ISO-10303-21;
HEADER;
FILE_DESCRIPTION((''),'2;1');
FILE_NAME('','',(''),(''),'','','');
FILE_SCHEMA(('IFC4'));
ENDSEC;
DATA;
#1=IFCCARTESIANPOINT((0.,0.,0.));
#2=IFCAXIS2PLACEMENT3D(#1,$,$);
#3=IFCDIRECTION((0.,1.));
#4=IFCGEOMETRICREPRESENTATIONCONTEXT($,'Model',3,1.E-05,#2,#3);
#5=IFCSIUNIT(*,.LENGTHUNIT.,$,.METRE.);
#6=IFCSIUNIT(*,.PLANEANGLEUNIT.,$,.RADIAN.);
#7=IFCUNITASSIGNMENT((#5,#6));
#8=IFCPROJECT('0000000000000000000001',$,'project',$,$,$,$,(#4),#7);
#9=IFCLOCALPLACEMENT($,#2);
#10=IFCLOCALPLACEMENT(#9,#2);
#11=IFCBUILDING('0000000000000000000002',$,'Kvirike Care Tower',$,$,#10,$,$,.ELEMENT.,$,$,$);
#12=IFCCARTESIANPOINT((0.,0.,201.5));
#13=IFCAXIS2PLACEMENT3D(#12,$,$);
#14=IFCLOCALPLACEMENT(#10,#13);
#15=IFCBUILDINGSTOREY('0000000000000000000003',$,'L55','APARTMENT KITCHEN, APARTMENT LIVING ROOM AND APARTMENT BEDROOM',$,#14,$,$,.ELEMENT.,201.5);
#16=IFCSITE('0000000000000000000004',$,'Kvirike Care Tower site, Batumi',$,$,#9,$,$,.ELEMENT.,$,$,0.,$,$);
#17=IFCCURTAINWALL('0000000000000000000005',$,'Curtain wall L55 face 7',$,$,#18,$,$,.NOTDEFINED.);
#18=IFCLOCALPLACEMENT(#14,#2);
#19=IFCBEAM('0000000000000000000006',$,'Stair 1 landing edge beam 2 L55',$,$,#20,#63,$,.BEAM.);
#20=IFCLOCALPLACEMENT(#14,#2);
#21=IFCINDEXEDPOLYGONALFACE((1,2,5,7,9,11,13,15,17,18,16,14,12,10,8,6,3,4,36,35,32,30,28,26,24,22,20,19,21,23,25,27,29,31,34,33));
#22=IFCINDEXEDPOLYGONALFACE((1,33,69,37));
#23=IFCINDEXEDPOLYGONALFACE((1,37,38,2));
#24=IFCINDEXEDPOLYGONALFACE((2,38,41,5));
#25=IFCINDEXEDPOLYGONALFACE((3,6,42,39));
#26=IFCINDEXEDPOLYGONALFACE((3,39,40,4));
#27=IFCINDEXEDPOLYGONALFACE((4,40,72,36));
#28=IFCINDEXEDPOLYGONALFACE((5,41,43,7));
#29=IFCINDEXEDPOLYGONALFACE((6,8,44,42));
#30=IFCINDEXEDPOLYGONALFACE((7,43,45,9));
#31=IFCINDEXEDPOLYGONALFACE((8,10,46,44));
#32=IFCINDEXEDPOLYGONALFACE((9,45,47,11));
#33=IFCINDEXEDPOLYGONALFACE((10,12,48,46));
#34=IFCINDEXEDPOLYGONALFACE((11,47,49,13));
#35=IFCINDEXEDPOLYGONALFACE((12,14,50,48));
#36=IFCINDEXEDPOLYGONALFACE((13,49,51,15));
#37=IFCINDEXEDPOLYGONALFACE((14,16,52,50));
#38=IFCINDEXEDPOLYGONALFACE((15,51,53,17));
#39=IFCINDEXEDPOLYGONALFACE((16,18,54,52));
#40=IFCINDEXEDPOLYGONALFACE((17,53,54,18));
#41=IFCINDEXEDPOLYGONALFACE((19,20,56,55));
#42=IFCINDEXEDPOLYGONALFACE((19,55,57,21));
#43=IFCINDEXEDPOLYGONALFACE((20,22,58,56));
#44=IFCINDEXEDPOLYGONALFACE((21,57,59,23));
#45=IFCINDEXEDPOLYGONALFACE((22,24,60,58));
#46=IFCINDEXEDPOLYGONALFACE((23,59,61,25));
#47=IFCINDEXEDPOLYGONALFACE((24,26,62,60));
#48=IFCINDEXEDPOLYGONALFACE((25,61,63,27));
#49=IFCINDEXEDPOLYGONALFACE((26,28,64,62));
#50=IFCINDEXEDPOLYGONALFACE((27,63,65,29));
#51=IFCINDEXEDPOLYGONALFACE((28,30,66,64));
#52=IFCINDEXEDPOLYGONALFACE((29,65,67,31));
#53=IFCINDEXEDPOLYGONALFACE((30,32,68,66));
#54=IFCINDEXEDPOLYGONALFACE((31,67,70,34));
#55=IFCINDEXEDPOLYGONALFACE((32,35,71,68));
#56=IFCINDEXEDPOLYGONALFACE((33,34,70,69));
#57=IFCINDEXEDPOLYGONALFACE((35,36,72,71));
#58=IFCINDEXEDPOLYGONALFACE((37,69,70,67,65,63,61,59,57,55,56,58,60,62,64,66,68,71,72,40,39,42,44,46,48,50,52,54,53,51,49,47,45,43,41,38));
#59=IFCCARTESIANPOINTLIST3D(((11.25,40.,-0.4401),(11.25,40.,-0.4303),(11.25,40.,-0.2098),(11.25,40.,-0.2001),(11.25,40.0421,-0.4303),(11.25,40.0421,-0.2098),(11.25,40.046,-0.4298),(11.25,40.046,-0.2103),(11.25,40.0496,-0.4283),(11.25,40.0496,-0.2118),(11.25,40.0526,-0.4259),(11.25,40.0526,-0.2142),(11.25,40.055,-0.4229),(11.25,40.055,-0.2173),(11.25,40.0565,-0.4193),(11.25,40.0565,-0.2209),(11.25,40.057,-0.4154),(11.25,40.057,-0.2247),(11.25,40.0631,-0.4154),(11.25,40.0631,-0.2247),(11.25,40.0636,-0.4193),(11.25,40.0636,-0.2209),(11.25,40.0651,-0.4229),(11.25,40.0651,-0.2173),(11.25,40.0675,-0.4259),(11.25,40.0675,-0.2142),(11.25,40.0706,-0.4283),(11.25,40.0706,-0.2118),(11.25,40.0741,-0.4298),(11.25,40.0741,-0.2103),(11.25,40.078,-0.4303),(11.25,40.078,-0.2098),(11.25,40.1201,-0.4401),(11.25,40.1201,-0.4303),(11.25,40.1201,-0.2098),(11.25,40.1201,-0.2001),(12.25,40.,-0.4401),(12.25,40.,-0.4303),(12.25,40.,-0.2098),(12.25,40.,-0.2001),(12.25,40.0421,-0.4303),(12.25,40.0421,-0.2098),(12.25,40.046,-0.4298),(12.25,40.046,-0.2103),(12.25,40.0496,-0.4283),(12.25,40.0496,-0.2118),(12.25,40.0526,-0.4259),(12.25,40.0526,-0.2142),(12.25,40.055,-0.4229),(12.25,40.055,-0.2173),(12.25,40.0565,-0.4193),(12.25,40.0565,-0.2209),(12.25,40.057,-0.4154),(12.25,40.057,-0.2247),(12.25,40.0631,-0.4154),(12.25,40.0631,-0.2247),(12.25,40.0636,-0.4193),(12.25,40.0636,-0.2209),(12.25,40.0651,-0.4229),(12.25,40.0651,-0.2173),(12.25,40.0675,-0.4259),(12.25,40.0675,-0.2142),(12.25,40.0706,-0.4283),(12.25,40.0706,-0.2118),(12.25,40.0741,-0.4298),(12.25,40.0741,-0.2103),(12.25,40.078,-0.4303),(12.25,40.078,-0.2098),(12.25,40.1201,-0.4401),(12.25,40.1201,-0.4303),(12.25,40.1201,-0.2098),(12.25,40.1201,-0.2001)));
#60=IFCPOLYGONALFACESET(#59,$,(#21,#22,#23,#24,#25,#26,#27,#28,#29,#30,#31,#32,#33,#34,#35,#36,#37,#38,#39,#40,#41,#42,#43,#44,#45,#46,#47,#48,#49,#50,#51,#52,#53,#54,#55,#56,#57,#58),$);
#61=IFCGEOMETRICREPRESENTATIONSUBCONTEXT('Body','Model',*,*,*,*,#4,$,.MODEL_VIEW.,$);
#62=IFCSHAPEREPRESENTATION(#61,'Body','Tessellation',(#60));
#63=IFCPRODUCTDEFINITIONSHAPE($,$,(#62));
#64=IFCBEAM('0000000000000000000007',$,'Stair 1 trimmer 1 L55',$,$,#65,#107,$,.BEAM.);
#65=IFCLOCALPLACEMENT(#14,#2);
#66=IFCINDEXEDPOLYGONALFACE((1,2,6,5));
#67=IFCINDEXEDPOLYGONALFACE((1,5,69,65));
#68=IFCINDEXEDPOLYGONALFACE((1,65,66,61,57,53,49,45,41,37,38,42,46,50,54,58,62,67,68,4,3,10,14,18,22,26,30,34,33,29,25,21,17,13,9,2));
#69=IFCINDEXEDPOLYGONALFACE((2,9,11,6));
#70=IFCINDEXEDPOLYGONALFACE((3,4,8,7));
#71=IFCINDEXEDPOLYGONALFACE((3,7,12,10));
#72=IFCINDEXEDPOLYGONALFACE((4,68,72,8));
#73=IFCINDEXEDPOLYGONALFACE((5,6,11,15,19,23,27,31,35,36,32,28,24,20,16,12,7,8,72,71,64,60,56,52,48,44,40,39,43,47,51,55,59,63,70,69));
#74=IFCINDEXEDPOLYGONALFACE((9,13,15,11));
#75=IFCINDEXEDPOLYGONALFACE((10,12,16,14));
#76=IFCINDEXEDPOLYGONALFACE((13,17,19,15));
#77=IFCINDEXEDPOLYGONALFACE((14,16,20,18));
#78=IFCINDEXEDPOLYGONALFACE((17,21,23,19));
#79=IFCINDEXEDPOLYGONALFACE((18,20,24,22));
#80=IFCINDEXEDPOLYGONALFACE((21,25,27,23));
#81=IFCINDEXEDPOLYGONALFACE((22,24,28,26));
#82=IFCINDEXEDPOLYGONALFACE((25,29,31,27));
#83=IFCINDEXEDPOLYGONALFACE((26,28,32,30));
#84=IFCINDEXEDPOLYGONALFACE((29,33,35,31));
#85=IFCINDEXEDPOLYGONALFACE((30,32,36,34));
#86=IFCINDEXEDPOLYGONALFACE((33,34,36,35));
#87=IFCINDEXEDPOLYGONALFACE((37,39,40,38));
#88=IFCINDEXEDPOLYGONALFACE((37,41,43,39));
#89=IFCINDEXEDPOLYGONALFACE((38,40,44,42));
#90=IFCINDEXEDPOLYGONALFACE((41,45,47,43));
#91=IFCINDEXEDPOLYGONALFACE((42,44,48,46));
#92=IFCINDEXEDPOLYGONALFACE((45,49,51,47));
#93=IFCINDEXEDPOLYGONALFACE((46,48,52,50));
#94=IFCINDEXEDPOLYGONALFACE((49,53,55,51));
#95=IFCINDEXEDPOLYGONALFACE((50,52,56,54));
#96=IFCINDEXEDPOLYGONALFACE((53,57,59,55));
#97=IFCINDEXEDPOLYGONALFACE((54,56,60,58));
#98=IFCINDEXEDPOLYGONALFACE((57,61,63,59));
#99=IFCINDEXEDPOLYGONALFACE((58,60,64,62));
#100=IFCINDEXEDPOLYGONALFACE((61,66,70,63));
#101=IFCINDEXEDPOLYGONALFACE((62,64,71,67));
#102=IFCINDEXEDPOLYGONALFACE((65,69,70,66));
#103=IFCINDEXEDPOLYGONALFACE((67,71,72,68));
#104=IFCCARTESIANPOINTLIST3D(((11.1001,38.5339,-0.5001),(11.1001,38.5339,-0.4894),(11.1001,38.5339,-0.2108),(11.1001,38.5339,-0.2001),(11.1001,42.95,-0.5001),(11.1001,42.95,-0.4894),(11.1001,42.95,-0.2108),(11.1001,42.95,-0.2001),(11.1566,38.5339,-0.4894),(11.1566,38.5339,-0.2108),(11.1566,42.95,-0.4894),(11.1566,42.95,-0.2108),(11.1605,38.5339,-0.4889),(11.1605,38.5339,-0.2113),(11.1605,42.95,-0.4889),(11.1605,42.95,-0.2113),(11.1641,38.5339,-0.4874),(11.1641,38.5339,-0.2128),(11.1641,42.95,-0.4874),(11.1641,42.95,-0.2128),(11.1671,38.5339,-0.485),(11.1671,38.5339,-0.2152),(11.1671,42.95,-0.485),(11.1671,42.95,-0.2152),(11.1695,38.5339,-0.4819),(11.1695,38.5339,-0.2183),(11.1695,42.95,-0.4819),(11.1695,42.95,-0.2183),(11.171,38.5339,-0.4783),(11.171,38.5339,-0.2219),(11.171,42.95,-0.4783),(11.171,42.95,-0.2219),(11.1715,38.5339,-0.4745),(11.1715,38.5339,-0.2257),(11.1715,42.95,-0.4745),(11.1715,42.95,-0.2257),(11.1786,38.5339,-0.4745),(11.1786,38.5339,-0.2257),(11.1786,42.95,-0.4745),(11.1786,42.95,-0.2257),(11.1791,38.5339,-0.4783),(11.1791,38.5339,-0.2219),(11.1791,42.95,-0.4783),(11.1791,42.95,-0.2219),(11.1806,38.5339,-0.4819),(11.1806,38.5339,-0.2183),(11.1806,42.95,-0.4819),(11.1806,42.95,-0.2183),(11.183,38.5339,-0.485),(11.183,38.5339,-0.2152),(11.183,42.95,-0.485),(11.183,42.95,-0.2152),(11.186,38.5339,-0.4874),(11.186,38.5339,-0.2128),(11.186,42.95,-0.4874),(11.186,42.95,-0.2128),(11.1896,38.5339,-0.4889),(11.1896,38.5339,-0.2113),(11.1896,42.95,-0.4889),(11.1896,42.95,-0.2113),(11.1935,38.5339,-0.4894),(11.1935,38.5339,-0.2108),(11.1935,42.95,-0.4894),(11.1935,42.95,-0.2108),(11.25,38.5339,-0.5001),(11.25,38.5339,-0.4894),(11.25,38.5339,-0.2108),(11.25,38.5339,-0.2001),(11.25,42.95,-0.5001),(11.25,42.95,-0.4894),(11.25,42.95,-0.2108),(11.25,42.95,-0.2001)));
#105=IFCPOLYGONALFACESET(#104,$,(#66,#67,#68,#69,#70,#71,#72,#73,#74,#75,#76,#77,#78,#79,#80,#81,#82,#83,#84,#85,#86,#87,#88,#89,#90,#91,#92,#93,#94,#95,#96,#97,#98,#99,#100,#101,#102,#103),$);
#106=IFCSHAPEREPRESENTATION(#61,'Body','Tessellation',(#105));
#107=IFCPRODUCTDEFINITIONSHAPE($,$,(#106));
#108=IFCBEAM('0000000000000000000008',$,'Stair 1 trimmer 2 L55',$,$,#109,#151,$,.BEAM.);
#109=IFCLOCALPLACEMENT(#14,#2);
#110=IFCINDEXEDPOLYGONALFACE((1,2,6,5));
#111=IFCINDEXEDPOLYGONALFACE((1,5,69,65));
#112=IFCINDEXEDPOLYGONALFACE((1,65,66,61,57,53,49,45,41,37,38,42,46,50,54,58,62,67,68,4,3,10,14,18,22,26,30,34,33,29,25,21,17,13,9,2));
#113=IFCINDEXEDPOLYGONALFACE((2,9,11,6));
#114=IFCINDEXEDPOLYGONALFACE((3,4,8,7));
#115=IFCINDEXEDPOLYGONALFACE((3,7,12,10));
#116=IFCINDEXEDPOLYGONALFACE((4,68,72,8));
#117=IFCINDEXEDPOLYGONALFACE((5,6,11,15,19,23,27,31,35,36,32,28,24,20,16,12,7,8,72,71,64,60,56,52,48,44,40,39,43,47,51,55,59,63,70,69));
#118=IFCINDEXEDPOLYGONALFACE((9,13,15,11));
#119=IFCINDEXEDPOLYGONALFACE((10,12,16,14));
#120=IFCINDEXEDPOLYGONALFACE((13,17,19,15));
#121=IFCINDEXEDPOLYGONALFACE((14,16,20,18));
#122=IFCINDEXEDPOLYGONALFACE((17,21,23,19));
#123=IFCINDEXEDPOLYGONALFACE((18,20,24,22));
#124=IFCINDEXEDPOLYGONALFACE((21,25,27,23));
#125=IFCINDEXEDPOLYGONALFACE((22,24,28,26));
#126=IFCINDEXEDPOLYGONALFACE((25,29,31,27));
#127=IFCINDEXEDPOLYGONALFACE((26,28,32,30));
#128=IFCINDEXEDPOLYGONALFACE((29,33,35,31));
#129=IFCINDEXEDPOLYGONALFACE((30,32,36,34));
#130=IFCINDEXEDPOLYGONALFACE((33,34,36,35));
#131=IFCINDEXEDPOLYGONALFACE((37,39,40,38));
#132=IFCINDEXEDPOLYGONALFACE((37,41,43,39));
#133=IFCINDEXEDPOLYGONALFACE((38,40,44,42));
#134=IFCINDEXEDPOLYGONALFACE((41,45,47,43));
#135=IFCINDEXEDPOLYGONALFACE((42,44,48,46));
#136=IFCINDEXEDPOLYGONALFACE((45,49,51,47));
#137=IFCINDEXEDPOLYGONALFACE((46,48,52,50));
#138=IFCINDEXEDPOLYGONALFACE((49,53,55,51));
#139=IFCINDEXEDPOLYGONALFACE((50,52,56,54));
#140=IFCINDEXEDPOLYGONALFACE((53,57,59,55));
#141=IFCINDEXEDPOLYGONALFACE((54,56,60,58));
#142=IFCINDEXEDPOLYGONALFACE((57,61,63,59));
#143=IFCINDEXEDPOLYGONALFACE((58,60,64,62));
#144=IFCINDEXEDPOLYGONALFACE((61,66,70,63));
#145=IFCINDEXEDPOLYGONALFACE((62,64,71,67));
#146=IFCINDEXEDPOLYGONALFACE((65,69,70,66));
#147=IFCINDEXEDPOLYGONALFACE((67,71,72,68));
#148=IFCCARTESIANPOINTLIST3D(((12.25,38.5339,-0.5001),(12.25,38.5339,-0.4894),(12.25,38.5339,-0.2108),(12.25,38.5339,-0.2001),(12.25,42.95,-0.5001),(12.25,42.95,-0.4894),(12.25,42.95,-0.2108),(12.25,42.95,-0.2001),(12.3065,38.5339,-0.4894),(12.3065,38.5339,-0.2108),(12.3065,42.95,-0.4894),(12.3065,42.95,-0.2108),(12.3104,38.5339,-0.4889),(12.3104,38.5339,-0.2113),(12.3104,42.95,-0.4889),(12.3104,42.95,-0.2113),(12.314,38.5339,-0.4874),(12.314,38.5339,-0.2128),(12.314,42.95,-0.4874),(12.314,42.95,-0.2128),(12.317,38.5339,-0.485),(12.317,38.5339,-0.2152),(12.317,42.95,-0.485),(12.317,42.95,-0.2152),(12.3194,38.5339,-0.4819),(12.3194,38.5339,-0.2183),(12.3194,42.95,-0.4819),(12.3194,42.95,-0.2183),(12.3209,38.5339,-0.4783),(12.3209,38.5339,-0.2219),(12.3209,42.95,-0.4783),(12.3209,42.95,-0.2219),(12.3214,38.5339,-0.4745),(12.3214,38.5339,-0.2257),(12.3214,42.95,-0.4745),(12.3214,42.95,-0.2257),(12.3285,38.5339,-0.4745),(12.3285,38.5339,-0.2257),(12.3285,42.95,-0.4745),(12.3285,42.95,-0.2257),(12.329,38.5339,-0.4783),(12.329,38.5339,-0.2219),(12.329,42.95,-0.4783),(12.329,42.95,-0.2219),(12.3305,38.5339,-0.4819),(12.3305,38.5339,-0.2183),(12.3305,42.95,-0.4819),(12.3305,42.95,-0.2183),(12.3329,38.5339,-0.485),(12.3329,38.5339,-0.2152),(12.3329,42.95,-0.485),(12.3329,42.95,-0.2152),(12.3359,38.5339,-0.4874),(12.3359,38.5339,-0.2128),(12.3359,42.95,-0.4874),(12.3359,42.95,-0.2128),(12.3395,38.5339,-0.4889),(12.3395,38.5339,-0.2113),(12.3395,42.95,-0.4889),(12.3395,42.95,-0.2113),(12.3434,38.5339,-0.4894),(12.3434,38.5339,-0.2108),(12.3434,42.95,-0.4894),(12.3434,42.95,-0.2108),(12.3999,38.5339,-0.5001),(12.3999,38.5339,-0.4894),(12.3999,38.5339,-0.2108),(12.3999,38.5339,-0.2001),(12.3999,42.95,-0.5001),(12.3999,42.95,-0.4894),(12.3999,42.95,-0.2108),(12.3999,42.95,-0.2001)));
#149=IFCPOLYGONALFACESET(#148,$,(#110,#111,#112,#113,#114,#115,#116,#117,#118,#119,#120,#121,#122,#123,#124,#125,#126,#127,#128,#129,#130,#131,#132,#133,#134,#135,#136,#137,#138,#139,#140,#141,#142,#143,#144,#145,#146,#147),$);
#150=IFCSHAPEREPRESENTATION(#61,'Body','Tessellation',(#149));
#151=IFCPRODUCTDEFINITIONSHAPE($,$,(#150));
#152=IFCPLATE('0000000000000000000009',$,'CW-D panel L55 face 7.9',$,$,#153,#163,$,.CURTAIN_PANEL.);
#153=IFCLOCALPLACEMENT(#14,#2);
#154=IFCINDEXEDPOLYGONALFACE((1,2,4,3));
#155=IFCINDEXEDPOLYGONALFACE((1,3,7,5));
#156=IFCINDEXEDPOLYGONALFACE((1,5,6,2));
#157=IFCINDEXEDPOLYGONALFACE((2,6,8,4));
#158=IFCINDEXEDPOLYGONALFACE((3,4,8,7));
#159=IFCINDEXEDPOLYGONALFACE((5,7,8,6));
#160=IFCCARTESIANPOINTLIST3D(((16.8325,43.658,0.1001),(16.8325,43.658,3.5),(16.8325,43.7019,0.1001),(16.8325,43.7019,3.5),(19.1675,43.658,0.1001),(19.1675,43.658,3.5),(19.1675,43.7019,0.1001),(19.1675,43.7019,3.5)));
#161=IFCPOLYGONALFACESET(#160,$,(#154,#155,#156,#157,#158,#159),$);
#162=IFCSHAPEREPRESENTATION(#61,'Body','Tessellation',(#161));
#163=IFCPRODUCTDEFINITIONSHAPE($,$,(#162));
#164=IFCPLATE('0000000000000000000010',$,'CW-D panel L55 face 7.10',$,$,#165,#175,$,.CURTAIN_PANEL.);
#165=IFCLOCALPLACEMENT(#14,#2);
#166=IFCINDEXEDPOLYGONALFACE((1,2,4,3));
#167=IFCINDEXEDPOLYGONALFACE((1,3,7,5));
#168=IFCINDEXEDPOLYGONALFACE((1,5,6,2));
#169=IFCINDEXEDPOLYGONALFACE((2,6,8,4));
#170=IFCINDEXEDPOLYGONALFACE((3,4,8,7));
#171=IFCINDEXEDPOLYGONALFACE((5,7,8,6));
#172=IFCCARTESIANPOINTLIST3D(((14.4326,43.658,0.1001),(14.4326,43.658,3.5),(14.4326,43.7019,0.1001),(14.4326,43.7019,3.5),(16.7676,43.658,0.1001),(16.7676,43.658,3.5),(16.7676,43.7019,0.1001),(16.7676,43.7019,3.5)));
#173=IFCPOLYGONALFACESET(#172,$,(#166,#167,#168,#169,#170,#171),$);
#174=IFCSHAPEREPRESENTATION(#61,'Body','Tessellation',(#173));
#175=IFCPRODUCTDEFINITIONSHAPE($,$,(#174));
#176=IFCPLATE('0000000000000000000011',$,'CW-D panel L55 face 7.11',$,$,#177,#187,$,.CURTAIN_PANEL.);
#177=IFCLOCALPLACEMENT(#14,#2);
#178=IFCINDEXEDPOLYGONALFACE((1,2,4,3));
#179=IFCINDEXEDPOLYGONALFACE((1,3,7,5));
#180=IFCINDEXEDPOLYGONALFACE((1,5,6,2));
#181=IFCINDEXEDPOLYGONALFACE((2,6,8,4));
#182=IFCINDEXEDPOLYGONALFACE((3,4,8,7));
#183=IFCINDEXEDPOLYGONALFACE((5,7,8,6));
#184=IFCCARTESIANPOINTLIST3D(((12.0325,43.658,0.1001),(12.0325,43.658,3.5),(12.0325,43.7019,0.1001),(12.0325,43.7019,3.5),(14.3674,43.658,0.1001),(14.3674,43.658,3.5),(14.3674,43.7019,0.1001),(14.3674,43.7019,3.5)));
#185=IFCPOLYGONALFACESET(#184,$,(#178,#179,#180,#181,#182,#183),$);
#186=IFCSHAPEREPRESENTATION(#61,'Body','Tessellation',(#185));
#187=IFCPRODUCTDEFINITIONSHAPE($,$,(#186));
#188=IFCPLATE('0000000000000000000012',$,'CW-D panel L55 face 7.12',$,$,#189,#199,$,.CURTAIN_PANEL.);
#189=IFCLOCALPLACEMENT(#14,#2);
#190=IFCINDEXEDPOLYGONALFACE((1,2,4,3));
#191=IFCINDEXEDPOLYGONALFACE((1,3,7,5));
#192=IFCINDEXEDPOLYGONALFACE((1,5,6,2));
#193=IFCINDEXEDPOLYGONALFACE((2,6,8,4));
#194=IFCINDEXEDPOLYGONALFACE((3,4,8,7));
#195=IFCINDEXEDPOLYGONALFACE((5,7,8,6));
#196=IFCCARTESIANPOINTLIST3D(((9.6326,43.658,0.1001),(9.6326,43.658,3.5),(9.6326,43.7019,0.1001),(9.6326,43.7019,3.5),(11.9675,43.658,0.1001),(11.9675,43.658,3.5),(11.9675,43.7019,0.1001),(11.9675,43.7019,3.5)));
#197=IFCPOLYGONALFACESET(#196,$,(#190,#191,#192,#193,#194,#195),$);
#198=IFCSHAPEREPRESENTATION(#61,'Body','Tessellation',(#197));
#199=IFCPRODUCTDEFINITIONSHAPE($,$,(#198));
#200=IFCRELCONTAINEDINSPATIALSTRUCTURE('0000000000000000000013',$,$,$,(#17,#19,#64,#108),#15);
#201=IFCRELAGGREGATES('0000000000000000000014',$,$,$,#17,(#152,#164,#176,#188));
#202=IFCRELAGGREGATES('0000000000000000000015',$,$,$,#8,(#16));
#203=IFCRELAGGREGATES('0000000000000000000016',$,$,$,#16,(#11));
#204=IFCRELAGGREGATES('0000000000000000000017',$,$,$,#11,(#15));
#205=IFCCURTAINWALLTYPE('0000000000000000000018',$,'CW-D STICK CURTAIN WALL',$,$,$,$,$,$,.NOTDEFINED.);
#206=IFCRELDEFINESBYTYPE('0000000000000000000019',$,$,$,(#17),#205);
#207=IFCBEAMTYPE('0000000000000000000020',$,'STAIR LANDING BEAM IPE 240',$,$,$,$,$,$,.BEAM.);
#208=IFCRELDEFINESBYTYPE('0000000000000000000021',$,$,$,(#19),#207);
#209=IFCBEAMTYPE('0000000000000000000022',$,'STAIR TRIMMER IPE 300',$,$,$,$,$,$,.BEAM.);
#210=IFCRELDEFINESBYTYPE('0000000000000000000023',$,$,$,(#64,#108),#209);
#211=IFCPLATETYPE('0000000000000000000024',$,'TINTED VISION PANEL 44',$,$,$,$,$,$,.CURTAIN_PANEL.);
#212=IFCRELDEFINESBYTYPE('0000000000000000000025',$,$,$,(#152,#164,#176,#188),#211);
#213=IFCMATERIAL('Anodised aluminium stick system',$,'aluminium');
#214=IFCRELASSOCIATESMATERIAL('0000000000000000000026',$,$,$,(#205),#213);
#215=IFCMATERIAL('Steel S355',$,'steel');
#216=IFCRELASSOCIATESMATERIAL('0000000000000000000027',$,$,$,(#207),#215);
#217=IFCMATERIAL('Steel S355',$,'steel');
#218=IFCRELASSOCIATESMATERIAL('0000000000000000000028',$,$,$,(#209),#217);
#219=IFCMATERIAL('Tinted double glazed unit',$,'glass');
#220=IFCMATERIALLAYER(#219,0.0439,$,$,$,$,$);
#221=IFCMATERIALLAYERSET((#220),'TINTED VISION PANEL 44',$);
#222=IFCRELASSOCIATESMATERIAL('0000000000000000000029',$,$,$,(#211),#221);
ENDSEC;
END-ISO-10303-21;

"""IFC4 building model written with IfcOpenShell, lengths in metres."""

from ifc_helpers import new_model, si_unit, direction, frame, origin, origin_2d, place, context, subcontext, project, spatial, rectangle, i_section, extrude, material, layer, layer_set, material_profile, profile_set, type_object, element, aggregate, save


model = new_model("IFC4")

# Units and contexts
model_context = context("Model", 3, precision=1e-05, world=origin(), true_north=direction((0.0, 1.0)))
body_context = subcontext(model_context, "Body", "Model", "MODEL_VIEW")
ifc_project = project(units=[si_unit("LENGTHUNIT", "METRE"), si_unit("PLANEANGLEUNIT", "RADIAN")], contexts=[model_context])

# Site, building, storey
site_placement = place(None, origin())
site = spatial("IfcSite", under=ifc_project, at=site_placement, Name="Kvirike Care Tower site, Batumi", CompositionType="ELEMENT", RefElevation=0.0)
building_placement = place(site_placement, origin())
building = spatial("IfcBuilding", under=site, at=building_placement, Name="Kvirike Care Tower", CompositionType="ELEMENT")
storey_placement = place(building_placement, frame((0.0, 0.0, 201.5)))
storey = spatial("IfcBuildingStorey", under=building, at=storey_placement, Name="L55", Description="APARTMENT KITCHEN, APARTMENT LIVING ROOM AND APARTMENT BEDROOM", CompositionType="ELEMENT", Elevation=201.5)

# Curtain wall
ifc_material_1 = material(Name="Anodised aluminium stick system", Category="aluminium")
curtain_wall_type = type_object("IfcCurtainWallType", Name="CW-D STICK CURTAIN WALL", PredefinedType="NOTDEFINED", material=ifc_material_1)
curtain_wall_placement = place(storey_placement, origin())
curtain_wall = element("IfcCurtainWall", 1, at=curtain_wall_placement, inside=storey, type_object=curtain_wall_type, Name="Curtain wall L55 face 7", PredefinedType="NOTDEFINED")

# Beams
ifc_material_2 = material(Name="Steel S355", Category="steel")
ifc_material_profile_1 = material_profile(ifc_material_2, i_section(OverallWidth=0.1201, OverallDepth=0.24, WebThickness=0.0061, FlangeThickness=0.0098, FilletRadius=0.0149, at=origin_2d()), Name="IPE 240")
ifc_profile_set_1 = profile_set([ifc_material_profile_1], Name="Steel S355")
beam_type_1 = type_object("IfcBeamType", Name="STAIR LANDING BEAM IPE 240", PredefinedType="BEAM", material=ifc_profile_set_1)
for number, where, z_axis, x_axis, name in (
    (2, (11.25, 40.0601, -0.3201), (1.0, 0.0, 0.0), (0.0, 1.0, 0.0), "Stair 1 landing edge beam 2 L55"),
):
    element("IfcBeam", number, at=place(storey_placement, frame(where, z_axis=z_axis, x_axis=x_axis)), inside=storey, type_object=beam_type_1, Name=name, PredefinedType="BEAM", context=body_context, shape_type="SweptSolid", body=[
        extrude(i_section(OverallWidth=0.1201, OverallDepth=0.24, WebThickness=0.0061, FlangeThickness=0.0098, FilletRadius=0.0149, at=origin_2d()), origin(), (0.0, 0.0, 1.0), 1.0),
    ])
ifc_material_3 = material(Name="Steel S355", Category="steel")
ifc_material_profile_2 = material_profile(ifc_material_3, i_section(OverallWidth=0.1499, OverallDepth=0.3, WebThickness=0.0071, FlangeThickness=0.0107, FilletRadius=0.0149, at=origin_2d()), Name="IPE 300")
ifc_profile_set_2 = profile_set([ifc_material_profile_2], Name="Steel S355")
beam_type_2 = type_object("IfcBeamType", Name="STAIR TRIMMER IPE 300", PredefinedType="BEAM", material=ifc_profile_set_2)
for number, where, z_axis, x_axis, name in (
    (3, (11.175, 42.95, -0.3501), (0.0, -1.0, 0.0), (1.0, 0.0, 0.0), "Stair 1 trimmer 1 L55"),
    (4, (12.325, 42.95, -0.3501), (0.0, -1.0, 0.0), (1.0, 0.0, 0.0), "Stair 1 trimmer 2 L55"),
):
    element("IfcBeam", number, at=place(storey_placement, frame(where, z_axis=z_axis, x_axis=x_axis)), inside=storey, type_object=beam_type_2, Name=name, PredefinedType="BEAM", context=body_context, shape_type="SweptSolid", body=[
        extrude(i_section(OverallWidth=0.1499, OverallDepth=0.3, WebThickness=0.0071, FlangeThickness=0.0107, FilletRadius=0.0149, at=origin_2d()), origin(), (0.0, 0.0, 1.0), 4.416),
    ])

# Plates
ifc_material_4 = material(Name="Tinted double glazed unit", Category="glass")
ifc_layer_1 = layer(ifc_material_4, 0.0439)
ifc_layer_set_1 = layer_set([ifc_layer_1], Name="TINTED VISION PANEL 44")
plate_type = type_object("IfcPlateType", Name="TINTED VISION PANEL 44", PredefinedType="CURTAIN_PANEL", material=ifc_layer_set_1)
plate_1_placement = place(storey_placement, frame((18.0, 43.6799, 0.1001), z_axis=(0.0, 0.0, 1.0), x_axis=(-1.0, 0.0, 0.0)))
plate_1 = element("IfcPlate", 5, at=plate_1_placement, type_object=plate_type, Name="CW-D panel L55 face 7.9", PredefinedType="CURTAIN_PANEL", context=body_context, shape_type="SweptSolid", body=[
    extrude(rectangle(XDim=2.335, YDim=0.0439, at=origin_2d()), origin(), (0.0, 0.0, 1.0), 3.3999),
])
plate_2_placement = place(storey_placement, frame((15.6001, 43.6799, 0.1001), z_axis=(0.0, 0.0, 1.0), x_axis=(-1.0, 0.0, 0.0)))
plate_2 = element("IfcPlate", 6, at=plate_2_placement, type_object=plate_type, Name="CW-D panel L55 face 7.10", PredefinedType="CURTAIN_PANEL", context=body_context, shape_type="SweptSolid", body=[
    extrude(rectangle(XDim=2.335, YDim=0.0439, at=origin_2d()), origin(), (0.0, 0.0, 1.0), 3.3999),
])
plate_3_placement = place(storey_placement, frame((13.2, 43.6799, 0.1001), z_axis=(0.0, 0.0, 1.0), x_axis=(-1.0, 0.0, 0.0)))
plate_3 = element("IfcPlate", 7, at=plate_3_placement, type_object=plate_type, Name="CW-D panel L55 face 7.11", PredefinedType="CURTAIN_PANEL", context=body_context, shape_type="SweptSolid", body=[
    extrude(rectangle(XDim=2.335, YDim=0.0439, at=origin_2d()), origin(), (0.0, 0.0, 1.0), 3.3999),
])
plate_4_placement = place(storey_placement, frame((10.8, 43.6799, 0.1001), z_axis=(0.0, 0.0, 1.0), x_axis=(-1.0, 0.0, 0.0)))
plate_4 = element("IfcPlate", 8, at=plate_4_placement, type_object=plate_type, Name="CW-D panel L55 face 7.12", PredefinedType="CURTAIN_PANEL", context=body_context, shape_type="SweptSolid", body=[
    extrude(rectangle(XDim=2.335, YDim=0.0439, at=origin_2d()), origin(), (0.0, 0.0, 1.0), 3.3999),
])
aggregate(curtain_wall, [plate_1, plate_2, plate_3, plate_4])

save(model, "model.ifc")
